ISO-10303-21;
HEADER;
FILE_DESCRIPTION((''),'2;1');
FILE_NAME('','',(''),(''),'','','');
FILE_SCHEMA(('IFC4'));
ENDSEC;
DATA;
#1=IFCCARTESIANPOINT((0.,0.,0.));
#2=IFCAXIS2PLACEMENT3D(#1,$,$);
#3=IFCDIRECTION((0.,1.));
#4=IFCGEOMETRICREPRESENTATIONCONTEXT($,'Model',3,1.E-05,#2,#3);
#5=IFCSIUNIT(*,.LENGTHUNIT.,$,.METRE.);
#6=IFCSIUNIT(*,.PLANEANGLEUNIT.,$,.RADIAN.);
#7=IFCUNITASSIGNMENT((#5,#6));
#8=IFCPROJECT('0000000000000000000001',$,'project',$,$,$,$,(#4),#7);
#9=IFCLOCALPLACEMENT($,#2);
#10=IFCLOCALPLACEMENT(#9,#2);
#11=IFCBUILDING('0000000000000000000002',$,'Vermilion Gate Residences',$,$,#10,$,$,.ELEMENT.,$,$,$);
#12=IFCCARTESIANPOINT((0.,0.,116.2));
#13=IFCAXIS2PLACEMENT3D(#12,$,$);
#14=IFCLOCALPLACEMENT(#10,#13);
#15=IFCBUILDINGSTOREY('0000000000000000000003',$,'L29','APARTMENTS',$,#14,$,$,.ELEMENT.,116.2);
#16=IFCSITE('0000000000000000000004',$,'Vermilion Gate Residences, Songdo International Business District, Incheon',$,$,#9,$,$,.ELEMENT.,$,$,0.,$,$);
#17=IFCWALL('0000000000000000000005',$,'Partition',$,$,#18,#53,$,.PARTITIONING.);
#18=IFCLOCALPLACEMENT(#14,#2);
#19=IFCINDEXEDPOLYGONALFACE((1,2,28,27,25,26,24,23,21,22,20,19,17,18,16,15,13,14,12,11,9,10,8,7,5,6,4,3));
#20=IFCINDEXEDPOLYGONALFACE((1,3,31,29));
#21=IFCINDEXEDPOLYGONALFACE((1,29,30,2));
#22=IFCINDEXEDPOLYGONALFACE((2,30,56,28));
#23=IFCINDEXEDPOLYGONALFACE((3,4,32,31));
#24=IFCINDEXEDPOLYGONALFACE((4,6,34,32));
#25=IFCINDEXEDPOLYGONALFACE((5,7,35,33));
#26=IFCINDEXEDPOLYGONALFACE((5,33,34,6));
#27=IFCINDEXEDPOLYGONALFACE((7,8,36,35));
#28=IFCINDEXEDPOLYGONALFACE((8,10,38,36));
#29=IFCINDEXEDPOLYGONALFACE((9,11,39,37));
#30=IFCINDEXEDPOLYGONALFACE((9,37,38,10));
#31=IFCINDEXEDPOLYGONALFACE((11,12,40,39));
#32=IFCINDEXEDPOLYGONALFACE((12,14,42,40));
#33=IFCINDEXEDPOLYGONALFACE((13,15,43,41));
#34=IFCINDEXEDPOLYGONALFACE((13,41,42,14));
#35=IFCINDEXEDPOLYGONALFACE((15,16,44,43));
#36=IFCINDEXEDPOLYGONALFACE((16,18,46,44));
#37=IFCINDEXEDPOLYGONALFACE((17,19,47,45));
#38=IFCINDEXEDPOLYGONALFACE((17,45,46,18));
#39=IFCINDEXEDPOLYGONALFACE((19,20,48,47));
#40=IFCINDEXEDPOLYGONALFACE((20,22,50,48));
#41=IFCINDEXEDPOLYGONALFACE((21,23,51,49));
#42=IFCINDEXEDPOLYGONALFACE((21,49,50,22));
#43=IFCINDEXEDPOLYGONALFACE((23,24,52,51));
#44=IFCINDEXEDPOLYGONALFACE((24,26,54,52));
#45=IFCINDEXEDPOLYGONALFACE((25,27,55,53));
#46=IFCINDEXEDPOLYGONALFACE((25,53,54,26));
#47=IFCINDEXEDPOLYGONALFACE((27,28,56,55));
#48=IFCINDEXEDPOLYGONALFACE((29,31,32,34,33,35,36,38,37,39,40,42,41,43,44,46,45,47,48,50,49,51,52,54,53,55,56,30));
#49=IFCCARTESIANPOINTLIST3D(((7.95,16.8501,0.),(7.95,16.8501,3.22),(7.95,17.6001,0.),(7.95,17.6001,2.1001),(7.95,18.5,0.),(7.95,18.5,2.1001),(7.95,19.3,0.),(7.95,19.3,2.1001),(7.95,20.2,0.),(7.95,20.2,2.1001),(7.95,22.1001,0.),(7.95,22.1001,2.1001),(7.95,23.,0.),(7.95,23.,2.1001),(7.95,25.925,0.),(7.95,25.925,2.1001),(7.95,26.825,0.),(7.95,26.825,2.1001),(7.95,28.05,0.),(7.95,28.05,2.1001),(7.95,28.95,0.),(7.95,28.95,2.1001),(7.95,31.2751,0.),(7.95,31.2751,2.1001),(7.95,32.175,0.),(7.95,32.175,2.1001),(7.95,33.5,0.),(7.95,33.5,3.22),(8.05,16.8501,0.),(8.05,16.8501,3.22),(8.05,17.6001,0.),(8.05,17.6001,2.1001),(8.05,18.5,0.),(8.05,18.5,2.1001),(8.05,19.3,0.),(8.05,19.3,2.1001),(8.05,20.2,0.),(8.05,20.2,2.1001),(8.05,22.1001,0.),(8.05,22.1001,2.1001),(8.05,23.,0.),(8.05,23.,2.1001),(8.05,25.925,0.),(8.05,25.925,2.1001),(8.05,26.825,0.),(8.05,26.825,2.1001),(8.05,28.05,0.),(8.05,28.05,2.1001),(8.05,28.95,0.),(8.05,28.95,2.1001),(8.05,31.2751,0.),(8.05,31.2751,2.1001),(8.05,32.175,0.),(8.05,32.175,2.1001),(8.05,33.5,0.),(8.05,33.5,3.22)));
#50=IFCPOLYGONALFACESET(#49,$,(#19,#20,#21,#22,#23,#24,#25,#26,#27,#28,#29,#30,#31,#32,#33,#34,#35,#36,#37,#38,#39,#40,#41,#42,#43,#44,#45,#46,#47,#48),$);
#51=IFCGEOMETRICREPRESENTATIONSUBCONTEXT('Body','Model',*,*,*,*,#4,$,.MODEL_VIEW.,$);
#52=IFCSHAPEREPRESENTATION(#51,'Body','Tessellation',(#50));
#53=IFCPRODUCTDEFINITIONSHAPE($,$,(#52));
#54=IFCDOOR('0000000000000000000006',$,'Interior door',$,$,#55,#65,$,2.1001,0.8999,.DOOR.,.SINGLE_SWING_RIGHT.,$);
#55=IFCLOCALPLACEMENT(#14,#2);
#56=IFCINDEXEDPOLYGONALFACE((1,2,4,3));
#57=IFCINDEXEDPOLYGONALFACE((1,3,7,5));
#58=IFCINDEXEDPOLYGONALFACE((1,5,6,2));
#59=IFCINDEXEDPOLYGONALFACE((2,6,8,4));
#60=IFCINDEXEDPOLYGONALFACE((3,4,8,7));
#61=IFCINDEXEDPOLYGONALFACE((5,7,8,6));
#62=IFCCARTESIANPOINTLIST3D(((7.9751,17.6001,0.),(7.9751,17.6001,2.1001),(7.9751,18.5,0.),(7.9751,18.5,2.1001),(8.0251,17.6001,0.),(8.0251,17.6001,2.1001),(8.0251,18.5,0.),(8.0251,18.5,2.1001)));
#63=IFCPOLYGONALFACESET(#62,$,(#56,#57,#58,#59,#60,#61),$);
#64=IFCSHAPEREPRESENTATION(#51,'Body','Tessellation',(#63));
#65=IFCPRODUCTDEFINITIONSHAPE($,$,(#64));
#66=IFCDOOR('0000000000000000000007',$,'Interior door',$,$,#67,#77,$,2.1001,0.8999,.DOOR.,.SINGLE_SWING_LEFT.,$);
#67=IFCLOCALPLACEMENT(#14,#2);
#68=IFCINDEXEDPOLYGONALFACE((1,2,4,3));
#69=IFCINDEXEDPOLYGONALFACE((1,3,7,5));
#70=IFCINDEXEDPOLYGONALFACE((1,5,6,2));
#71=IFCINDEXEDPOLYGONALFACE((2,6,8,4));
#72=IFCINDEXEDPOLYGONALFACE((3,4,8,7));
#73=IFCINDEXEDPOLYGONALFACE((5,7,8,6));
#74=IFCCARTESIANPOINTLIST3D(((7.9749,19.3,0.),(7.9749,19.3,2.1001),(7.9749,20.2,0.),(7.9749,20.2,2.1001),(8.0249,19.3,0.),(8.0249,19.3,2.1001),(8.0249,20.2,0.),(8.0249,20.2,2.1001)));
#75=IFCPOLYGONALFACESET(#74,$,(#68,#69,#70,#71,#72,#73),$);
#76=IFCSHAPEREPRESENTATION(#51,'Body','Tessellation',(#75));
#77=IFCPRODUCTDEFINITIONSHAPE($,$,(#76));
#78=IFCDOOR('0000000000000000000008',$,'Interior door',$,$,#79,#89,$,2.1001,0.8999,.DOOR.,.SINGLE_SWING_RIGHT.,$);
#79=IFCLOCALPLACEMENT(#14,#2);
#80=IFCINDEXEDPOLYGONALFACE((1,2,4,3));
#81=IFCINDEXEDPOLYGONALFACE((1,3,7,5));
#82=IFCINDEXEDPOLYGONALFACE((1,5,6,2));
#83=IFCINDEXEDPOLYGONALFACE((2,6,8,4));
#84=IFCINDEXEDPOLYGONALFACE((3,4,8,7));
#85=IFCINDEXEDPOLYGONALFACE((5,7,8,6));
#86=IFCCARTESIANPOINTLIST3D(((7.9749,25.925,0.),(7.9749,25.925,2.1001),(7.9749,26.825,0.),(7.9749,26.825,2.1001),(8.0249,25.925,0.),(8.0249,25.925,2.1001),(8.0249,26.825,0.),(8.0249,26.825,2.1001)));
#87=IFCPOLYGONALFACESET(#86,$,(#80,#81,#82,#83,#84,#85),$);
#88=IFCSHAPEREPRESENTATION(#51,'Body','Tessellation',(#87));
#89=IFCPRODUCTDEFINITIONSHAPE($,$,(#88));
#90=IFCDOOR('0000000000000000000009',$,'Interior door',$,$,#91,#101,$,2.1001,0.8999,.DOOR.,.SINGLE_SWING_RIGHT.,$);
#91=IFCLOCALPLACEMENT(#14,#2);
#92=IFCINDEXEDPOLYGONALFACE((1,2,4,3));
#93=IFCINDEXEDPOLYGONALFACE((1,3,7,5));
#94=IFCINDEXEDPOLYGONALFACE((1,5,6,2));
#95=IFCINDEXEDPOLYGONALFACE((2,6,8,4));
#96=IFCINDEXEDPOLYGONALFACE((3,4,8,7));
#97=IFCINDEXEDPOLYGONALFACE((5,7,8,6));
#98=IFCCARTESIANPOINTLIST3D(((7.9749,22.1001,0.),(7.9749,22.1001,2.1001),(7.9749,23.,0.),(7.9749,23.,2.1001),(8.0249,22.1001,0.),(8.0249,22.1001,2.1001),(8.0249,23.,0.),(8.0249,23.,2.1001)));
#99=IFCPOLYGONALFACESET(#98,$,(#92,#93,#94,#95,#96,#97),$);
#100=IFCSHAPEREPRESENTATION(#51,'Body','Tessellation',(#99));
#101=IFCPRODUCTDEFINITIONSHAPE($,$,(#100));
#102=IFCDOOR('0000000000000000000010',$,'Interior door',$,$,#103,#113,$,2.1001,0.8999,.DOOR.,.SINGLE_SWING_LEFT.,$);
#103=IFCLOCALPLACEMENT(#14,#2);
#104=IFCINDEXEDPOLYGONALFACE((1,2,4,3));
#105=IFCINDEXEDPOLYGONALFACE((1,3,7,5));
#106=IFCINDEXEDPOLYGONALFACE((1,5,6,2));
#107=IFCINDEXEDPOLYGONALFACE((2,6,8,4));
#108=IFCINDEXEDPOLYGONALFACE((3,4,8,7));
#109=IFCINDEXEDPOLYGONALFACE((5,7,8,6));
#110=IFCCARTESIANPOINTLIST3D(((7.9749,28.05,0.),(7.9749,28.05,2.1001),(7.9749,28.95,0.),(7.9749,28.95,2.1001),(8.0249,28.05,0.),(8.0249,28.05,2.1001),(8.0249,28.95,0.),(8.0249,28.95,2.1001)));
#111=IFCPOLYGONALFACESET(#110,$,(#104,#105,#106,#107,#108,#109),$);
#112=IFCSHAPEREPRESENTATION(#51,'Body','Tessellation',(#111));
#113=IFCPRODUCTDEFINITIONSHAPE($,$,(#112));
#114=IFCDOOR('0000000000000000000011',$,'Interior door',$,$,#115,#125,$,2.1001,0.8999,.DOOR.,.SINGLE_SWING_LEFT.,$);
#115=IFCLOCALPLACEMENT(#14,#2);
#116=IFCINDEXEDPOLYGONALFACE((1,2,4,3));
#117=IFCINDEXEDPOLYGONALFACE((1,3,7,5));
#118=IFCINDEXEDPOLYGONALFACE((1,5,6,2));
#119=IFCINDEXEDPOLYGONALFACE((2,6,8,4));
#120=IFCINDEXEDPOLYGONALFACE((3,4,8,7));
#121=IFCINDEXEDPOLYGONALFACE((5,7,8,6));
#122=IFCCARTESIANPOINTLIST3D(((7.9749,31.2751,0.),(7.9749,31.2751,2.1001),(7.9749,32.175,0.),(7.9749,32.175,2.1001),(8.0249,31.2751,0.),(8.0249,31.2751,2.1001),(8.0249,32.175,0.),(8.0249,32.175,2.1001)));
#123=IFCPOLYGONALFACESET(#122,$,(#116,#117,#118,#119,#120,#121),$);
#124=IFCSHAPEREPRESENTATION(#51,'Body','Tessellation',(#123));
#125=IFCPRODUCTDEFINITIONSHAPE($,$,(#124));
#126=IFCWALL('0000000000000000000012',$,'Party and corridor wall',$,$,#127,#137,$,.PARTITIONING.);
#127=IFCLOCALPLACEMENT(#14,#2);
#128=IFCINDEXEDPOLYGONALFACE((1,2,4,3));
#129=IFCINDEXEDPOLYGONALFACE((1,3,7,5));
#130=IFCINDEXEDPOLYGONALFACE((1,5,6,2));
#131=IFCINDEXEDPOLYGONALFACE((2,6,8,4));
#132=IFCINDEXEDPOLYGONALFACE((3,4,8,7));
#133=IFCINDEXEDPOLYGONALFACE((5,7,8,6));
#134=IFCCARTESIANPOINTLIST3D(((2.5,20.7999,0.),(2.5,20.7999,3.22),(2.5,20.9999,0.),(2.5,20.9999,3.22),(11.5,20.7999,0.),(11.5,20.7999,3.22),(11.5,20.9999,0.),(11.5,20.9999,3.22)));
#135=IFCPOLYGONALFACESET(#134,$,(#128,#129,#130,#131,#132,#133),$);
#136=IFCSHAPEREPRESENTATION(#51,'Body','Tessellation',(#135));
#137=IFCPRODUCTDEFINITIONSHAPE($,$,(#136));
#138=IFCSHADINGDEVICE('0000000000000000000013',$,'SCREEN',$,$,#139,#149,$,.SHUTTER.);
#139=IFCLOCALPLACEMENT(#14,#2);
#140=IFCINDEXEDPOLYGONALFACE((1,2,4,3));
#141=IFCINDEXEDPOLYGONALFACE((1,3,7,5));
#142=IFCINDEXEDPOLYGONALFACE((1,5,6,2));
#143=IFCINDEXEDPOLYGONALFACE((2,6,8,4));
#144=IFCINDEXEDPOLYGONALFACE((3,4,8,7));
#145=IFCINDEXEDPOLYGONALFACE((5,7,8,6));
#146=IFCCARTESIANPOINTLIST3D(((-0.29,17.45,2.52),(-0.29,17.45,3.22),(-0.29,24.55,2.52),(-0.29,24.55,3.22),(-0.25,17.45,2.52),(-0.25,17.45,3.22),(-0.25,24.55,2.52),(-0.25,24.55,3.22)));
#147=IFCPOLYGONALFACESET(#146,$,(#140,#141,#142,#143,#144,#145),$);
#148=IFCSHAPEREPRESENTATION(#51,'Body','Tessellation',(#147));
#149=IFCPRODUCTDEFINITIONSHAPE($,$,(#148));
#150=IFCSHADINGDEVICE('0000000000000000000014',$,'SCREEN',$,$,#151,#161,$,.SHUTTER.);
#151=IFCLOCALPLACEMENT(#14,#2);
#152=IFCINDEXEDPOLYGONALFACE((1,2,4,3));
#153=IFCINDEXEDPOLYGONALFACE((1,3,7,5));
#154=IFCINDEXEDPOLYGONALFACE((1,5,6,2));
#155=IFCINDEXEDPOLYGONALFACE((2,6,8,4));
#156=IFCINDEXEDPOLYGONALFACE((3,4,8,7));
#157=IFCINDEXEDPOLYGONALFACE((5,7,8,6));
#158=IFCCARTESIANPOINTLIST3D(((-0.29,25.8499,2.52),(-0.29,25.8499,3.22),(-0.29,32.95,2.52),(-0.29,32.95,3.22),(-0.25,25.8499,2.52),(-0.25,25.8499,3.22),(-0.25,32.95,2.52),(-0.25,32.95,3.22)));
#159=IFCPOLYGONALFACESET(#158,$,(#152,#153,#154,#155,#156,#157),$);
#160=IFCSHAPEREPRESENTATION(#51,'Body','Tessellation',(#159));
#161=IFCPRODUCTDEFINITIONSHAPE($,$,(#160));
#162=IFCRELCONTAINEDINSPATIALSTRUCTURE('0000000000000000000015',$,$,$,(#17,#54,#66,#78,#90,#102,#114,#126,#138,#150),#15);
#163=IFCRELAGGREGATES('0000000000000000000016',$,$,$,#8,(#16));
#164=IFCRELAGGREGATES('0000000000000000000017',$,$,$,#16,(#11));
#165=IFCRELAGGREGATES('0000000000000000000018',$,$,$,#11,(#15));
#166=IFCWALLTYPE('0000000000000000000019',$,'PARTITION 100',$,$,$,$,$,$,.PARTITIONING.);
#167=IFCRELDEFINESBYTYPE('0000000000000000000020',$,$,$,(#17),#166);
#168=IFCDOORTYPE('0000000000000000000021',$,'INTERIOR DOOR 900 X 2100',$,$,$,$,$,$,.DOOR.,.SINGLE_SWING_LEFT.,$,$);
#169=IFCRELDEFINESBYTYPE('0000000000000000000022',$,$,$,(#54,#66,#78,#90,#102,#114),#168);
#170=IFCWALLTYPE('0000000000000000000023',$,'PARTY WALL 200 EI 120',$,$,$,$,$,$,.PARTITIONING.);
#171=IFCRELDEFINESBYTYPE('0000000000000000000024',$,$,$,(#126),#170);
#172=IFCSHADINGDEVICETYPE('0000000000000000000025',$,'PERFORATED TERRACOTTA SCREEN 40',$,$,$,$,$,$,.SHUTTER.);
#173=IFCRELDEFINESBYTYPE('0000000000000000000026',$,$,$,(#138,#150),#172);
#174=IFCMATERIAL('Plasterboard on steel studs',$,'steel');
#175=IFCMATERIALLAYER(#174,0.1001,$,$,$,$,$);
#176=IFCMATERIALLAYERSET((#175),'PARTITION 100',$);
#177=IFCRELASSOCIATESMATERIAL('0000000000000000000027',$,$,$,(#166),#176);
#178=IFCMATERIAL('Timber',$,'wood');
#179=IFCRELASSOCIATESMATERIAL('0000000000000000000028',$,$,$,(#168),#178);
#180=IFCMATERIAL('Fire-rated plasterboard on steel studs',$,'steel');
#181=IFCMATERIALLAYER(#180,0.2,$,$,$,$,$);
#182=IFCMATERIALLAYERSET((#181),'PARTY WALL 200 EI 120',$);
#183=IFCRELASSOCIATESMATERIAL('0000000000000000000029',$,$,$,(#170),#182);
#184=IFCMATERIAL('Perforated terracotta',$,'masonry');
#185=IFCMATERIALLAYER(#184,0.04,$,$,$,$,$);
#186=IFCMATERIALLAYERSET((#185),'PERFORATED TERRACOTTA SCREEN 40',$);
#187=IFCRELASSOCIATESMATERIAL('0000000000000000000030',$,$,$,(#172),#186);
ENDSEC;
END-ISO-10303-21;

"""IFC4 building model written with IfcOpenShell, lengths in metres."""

from ifc_helpers import new_model, si_unit, direction, frame, frame_2d, origin, origin_2d, place, context, subcontext, project, spatial, rectangle, extrude, material, layer, layer_set, type_object, element, fill, save


model = new_model("IFC4")

# Units and contexts
model_context = context("Model", 3, precision=1e-05, world=origin(), true_north=direction((0.0, 1.0)))
body_context = subcontext(model_context, "Body", "Model", "MODEL_VIEW")
ifc_project = project(units=[si_unit("LENGTHUNIT", "METRE"), si_unit("PLANEANGLEUNIT", "RADIAN")], contexts=[model_context])

# Site, building, storey
site_placement = place(None, origin())
site = spatial("IfcSite", under=ifc_project, at=site_placement, Name="Vermilion Gate Residences, Songdo International Business District, Incheon", CompositionType="ELEMENT", RefElevation=0.0)
building_placement = place(site_placement, origin())
building = spatial("IfcBuilding", under=site, at=building_placement, Name="Vermilion Gate Residences", CompositionType="ELEMENT")
storey_placement = place(building_placement, frame((0.0, 0.0, 116.2)))
storey = spatial("IfcBuildingStorey", under=building, at=storey_placement, Name="L29", Description="APARTMENTS", CompositionType="ELEMENT", Elevation=116.2)

# Shared definitions
ifc_material_1 = material(Name="Plasterboard on steel studs", Category="steel")
ifc_layer_1 = layer(ifc_material_1, 0.1001)
ifc_layer_set_1 = layer_set([ifc_layer_1], Name="PARTITION 100")
wall_type_1 = type_object("IfcWallType", Name="PARTITION 100", PredefinedType="PARTITIONING", material=ifc_layer_set_1)

# Wall, openings, doors
ifc_material_2 = material(Name="Timber", Category="wood")
door_type = type_object("IfcDoorType", Name="INTERIOR DOOR 900 X 2100", OperationType="SINGLE_SWING_LEFT", PredefinedType="DOOR", material=ifc_material_2)
wall_1_placement = place(storey_placement, frame((8.0, 16.8501, 0.0), z_axis=(0.0, 0.0, 1.0), x_axis=(0.0, 1.0, 0.0)))
wall_1 = element("IfcWall", 1, at=wall_1_placement, inside=storey, type_object=wall_type_1, Name="Partition", PredefinedType="PARTITIONING", context=body_context, shape_type="SweptSolid", body=[
    extrude(rectangle(XDim=16.6499, YDim=0.1001, at=frame_2d((8.325, 0.0))), origin(), (0.0, 0.0, 1.0), 3.22),
])
opening_1_placement = place(wall_1_placement, frame((0.75, 0.0, 0.0)))
opening_1 = element("IfcOpeningElement", 2, at=opening_1_placement, cuts=wall_1, PredefinedType="OPENING", context=body_context, shape_type="SweptSolid", body=[
    extrude(rectangle(XDim=0.8999, YDim=2.1001, at=frame_2d((0.45, 1.05))), frame((0.0, 0.0601, 0.0), z_axis=(0.0, -1.0, 0.0), x_axis=(1.0, 0.0, 0.0)), (0.0, 0.0, 1.0), 0.1201),
])
opening_2_placement = place(wall_1_placement, frame((2.45, 0.0, 0.0)))
opening_2 = element("IfcOpeningElement", 3, at=opening_2_placement, cuts=wall_1, PredefinedType="OPENING", context=body_context, shape_type="SweptSolid", body=[
    extrude(rectangle(XDim=0.8999, YDim=2.1001, at=frame_2d((0.45, 1.05))), frame((0.0, 0.0601, 0.0), z_axis=(0.0, -1.0, 0.0), x_axis=(1.0, 0.0, 0.0)), (0.0, 0.0, 1.0), 0.1201),
])
opening_3_placement = place(wall_1_placement, frame((9.075, 0.0, 0.0)))
opening_3 = element("IfcOpeningElement", 4, at=opening_3_placement, cuts=wall_1, PredefinedType="OPENING", context=body_context, shape_type="SweptSolid", body=[
    extrude(rectangle(XDim=0.8999, YDim=2.1001, at=frame_2d((0.45, 1.05))), frame((0.0, 0.0601, 0.0), z_axis=(0.0, -1.0, 0.0), x_axis=(1.0, 0.0, 0.0)), (0.0, 0.0, 1.0), 0.1201),
])
opening_4_placement = place(wall_1_placement, frame((5.25, 0.0, 0.0)))
opening_4 = element("IfcOpeningElement", 5, at=opening_4_placement, cuts=wall_1, PredefinedType="OPENING", context=body_context, shape_type="SweptSolid", body=[
    extrude(rectangle(XDim=0.8999, YDim=2.1001, at=frame_2d((0.45, 1.05))), frame((0.0, 0.0601, 0.0), z_axis=(0.0, -1.0, 0.0), x_axis=(1.0, 0.0, 0.0)), (0.0, 0.0, 1.0), 0.1201),
])
opening_5_placement = place(wall_1_placement, frame((11.2, 0.0, 0.0)))
opening_5 = element("IfcOpeningElement", 6, at=opening_5_placement, cuts=wall_1, PredefinedType="OPENING", context=body_context, shape_type="SweptSolid", body=[
    extrude(rectangle(XDim=0.8999, YDim=2.1001, at=frame_2d((0.45, 1.05))), frame((0.0, 0.0601, 0.0), z_axis=(0.0, -1.0, 0.0), x_axis=(1.0, 0.0, 0.0)), (0.0, 0.0, 1.0), 0.1201),
])
opening_6_placement = place(wall_1_placement, frame((14.425, 0.0, 0.0)))
opening_6 = element("IfcOpeningElement", 7, at=opening_6_placement, cuts=wall_1, PredefinedType="OPENING", context=body_context, shape_type="SweptSolid", body=[
    extrude(rectangle(XDim=0.8999, YDim=2.1001, at=frame_2d((0.45, 1.05))), frame((0.0, 0.0601, 0.0), z_axis=(0.0, -1.0, 0.0), x_axis=(1.0, 0.0, 0.0)), (0.0, 0.0, 1.0), 0.1201),
])
door_1_placement = place(opening_1_placement, origin())
door_1 = element("IfcDoor", 8, at=door_1_placement, inside=storey, type_object=door_type, Name="Interior door", OperationType="SINGLE_SWING_RIGHT", OverallHeight=2.1001, OverallWidth=0.8999, PredefinedType="DOOR", context=body_context, shape_type="SweptSolid", body=[
    extrude(rectangle(XDim=0.8999, YDim=2.1001, at=frame_2d((0.45, 1.05))), frame((0.0, 0.0249, 0.0), z_axis=(0.0, -1.0, 0.0), x_axis=(1.0, 0.0, 0.0)), (0.0, 0.0, 1.0), 0.05),
])
fill(opening_1, door_1)
door_2_placement = place(opening_2_placement, frame((0.8999, 0.0, 0.0), z_axis=(0.0, 0.0, 1.0), x_axis=(-1.0, 0.0, 0.0)))
door_2 = element("IfcDoor", 9, at=door_2_placement, inside=storey, type_object=door_type, Name="Interior door", OperationType="SINGLE_SWING_LEFT", OverallHeight=2.1001, OverallWidth=0.8999, PredefinedType="DOOR", context=body_context, shape_type="SweptSolid", body=[
    extrude(rectangle(XDim=0.8999, YDim=2.1001, at=frame_2d((0.45, 1.05))), frame((0.0, 0.0249, 0.0), z_axis=(0.0, -1.0, 0.0), x_axis=(1.0, 0.0, 0.0)), (0.0, 0.0, 1.0), 0.05),
])
fill(opening_2, door_2)
door_3_placement = place(opening_3_placement, frame((0.8999, 0.0, 0.0), z_axis=(0.0, 0.0, 1.0), x_axis=(-1.0, 0.0, 0.0)))
door_3 = element("IfcDoor", 10, at=door_3_placement, inside=storey, type_object=door_type, Name="Interior door", OperationType="SINGLE_SWING_RIGHT", OverallHeight=2.1001, OverallWidth=0.8999, PredefinedType="DOOR", context=body_context, shape_type="SweptSolid", body=[
    extrude(rectangle(XDim=0.8999, YDim=2.1001, at=frame_2d((0.45, 1.05))), frame((0.0, 0.0249, 0.0), z_axis=(0.0, -1.0, 0.0), x_axis=(1.0, 0.0, 0.0)), (0.0, 0.0, 1.0), 0.05),
])
fill(opening_3, door_3)
door_4_placement = place(opening_4_placement, frame((0.8999, 0.0, 0.0), z_axis=(0.0, 0.0, 1.0), x_axis=(-1.0, 0.0, 0.0)))
door_4 = element("IfcDoor", 11, at=door_4_placement, inside=storey, type_object=door_type, Name="Interior door", OperationType="SINGLE_SWING_RIGHT", OverallHeight=2.1001, OverallWidth=0.8999, PredefinedType="DOOR", context=body_context, shape_type="SweptSolid", body=[
    extrude(rectangle(XDim=0.8999, YDim=2.1001, at=frame_2d((0.45, 1.05))), frame((0.0, 0.0249, 0.0), z_axis=(0.0, -1.0, 0.0), x_axis=(1.0, 0.0, 0.0)), (0.0, 0.0, 1.0), 0.05),
])
fill(opening_4, door_4)
door_5_placement = place(opening_5_placement, frame((0.8999, 0.0, 0.0), z_axis=(0.0, 0.0, 1.0), x_axis=(-1.0, 0.0, 0.0)))
door_5 = element("IfcDoor", 12, at=door_5_placement, inside=storey, type_object=door_type, Name="Interior door", OperationType="SINGLE_SWING_LEFT", OverallHeight=2.1001, OverallWidth=0.8999, PredefinedType="DOOR", context=body_context, shape_type="SweptSolid", body=[
    extrude(rectangle(XDim=0.8999, YDim=2.1001, at=frame_2d((0.45, 1.05))), frame((0.0, 0.0249, 0.0), z_axis=(0.0, -1.0, 0.0), x_axis=(1.0, 0.0, 0.0)), (0.0, 0.0, 1.0), 0.05),
])
fill(opening_5, door_5)
door_6_placement = place(opening_6_placement, frame((0.8999, 0.0, 0.0), z_axis=(0.0, 0.0, 1.0), x_axis=(-1.0, 0.0, 0.0)))
door_6 = element("IfcDoor", 13, at=door_6_placement, inside=storey, type_object=door_type, Name="Interior door", OperationType="SINGLE_SWING_LEFT", OverallHeight=2.1001, OverallWidth=0.8999, PredefinedType="DOOR", context=body_context, shape_type="SweptSolid", body=[
    extrude(rectangle(XDim=0.8999, YDim=2.1001, at=frame_2d((0.45, 1.05))), frame((0.0, 0.0249, 0.0), z_axis=(0.0, -1.0, 0.0), x_axis=(1.0, 0.0, 0.0)), (0.0, 0.0, 1.0), 0.05),
])
fill(opening_6, door_6)

# Wall
ifc_material_3 = material(Name="Fire-rated plasterboard on steel studs", Category="steel")
ifc_layer_2 = layer(ifc_material_3, 0.2)
ifc_layer_set_2 = layer_set([ifc_layer_2], Name="PARTY WALL 200 EI 120")
wall_type_2 = type_object("IfcWallType", Name="PARTY WALL 200 EI 120", PredefinedType="PARTITIONING", material=ifc_layer_set_2)
wall_2_placement = place(storey_placement, frame((2.5, 20.8999, 0.0), z_axis=(0.0, 0.0, 1.0), x_axis=(1.0, 0.0, 0.0)))
element("IfcWall", 14, at=wall_2_placement, inside=storey, type_object=wall_type_2, Name="Party and corridor wall", PredefinedType="PARTITIONING", context=body_context, shape_type="SweptSolid", body=[
    extrude(rectangle(XDim=9.0, YDim=0.2, at=frame_2d((4.5, 0.0))), origin(), (0.0, 0.0, 1.0), 3.22),
])

# Shading devices
ifc_material_4 = material(Name="Perforated terracotta", Category="masonry")
ifc_layer_3 = layer(ifc_material_4, 0.04)
ifc_layer_set_3 = layer_set([ifc_layer_3], Name="PERFORATED TERRACOTTA SCREEN 40")
shading_device_type_1 = type_object("IfcShadingDeviceType", Name="PERFORATED TERRACOTTA SCREEN 40", PredefinedType="SHUTTER", material=ifc_layer_set_3)
for number, where, z_axis, x_axis, name in (
    (15, (-0.27, 21.0, 2.52), (0.0, 0.0, 1.0), (0.0, -1.0, 0.0), "SCREEN"),
    (16, (-0.27, 29.3999, 2.52), (0.0, 0.0, 1.0), (0.0, -1.0, 0.0), "SCREEN"),
):
    element("IfcShadingDevice", number, at=place(storey_placement, frame(where, z_axis=z_axis, x_axis=x_axis)), inside=storey, type_object=shading_device_type_1, Name=name, PredefinedType="SHUTTER", context=body_context, shape_type="SweptSolid", body=[
        extrude(rectangle(XDim=7.1001, YDim=0.04, at=origin_2d()), origin(), (0.0, 0.0, 1.0), 0.7),
    ])

save(model, "model.ifc")
